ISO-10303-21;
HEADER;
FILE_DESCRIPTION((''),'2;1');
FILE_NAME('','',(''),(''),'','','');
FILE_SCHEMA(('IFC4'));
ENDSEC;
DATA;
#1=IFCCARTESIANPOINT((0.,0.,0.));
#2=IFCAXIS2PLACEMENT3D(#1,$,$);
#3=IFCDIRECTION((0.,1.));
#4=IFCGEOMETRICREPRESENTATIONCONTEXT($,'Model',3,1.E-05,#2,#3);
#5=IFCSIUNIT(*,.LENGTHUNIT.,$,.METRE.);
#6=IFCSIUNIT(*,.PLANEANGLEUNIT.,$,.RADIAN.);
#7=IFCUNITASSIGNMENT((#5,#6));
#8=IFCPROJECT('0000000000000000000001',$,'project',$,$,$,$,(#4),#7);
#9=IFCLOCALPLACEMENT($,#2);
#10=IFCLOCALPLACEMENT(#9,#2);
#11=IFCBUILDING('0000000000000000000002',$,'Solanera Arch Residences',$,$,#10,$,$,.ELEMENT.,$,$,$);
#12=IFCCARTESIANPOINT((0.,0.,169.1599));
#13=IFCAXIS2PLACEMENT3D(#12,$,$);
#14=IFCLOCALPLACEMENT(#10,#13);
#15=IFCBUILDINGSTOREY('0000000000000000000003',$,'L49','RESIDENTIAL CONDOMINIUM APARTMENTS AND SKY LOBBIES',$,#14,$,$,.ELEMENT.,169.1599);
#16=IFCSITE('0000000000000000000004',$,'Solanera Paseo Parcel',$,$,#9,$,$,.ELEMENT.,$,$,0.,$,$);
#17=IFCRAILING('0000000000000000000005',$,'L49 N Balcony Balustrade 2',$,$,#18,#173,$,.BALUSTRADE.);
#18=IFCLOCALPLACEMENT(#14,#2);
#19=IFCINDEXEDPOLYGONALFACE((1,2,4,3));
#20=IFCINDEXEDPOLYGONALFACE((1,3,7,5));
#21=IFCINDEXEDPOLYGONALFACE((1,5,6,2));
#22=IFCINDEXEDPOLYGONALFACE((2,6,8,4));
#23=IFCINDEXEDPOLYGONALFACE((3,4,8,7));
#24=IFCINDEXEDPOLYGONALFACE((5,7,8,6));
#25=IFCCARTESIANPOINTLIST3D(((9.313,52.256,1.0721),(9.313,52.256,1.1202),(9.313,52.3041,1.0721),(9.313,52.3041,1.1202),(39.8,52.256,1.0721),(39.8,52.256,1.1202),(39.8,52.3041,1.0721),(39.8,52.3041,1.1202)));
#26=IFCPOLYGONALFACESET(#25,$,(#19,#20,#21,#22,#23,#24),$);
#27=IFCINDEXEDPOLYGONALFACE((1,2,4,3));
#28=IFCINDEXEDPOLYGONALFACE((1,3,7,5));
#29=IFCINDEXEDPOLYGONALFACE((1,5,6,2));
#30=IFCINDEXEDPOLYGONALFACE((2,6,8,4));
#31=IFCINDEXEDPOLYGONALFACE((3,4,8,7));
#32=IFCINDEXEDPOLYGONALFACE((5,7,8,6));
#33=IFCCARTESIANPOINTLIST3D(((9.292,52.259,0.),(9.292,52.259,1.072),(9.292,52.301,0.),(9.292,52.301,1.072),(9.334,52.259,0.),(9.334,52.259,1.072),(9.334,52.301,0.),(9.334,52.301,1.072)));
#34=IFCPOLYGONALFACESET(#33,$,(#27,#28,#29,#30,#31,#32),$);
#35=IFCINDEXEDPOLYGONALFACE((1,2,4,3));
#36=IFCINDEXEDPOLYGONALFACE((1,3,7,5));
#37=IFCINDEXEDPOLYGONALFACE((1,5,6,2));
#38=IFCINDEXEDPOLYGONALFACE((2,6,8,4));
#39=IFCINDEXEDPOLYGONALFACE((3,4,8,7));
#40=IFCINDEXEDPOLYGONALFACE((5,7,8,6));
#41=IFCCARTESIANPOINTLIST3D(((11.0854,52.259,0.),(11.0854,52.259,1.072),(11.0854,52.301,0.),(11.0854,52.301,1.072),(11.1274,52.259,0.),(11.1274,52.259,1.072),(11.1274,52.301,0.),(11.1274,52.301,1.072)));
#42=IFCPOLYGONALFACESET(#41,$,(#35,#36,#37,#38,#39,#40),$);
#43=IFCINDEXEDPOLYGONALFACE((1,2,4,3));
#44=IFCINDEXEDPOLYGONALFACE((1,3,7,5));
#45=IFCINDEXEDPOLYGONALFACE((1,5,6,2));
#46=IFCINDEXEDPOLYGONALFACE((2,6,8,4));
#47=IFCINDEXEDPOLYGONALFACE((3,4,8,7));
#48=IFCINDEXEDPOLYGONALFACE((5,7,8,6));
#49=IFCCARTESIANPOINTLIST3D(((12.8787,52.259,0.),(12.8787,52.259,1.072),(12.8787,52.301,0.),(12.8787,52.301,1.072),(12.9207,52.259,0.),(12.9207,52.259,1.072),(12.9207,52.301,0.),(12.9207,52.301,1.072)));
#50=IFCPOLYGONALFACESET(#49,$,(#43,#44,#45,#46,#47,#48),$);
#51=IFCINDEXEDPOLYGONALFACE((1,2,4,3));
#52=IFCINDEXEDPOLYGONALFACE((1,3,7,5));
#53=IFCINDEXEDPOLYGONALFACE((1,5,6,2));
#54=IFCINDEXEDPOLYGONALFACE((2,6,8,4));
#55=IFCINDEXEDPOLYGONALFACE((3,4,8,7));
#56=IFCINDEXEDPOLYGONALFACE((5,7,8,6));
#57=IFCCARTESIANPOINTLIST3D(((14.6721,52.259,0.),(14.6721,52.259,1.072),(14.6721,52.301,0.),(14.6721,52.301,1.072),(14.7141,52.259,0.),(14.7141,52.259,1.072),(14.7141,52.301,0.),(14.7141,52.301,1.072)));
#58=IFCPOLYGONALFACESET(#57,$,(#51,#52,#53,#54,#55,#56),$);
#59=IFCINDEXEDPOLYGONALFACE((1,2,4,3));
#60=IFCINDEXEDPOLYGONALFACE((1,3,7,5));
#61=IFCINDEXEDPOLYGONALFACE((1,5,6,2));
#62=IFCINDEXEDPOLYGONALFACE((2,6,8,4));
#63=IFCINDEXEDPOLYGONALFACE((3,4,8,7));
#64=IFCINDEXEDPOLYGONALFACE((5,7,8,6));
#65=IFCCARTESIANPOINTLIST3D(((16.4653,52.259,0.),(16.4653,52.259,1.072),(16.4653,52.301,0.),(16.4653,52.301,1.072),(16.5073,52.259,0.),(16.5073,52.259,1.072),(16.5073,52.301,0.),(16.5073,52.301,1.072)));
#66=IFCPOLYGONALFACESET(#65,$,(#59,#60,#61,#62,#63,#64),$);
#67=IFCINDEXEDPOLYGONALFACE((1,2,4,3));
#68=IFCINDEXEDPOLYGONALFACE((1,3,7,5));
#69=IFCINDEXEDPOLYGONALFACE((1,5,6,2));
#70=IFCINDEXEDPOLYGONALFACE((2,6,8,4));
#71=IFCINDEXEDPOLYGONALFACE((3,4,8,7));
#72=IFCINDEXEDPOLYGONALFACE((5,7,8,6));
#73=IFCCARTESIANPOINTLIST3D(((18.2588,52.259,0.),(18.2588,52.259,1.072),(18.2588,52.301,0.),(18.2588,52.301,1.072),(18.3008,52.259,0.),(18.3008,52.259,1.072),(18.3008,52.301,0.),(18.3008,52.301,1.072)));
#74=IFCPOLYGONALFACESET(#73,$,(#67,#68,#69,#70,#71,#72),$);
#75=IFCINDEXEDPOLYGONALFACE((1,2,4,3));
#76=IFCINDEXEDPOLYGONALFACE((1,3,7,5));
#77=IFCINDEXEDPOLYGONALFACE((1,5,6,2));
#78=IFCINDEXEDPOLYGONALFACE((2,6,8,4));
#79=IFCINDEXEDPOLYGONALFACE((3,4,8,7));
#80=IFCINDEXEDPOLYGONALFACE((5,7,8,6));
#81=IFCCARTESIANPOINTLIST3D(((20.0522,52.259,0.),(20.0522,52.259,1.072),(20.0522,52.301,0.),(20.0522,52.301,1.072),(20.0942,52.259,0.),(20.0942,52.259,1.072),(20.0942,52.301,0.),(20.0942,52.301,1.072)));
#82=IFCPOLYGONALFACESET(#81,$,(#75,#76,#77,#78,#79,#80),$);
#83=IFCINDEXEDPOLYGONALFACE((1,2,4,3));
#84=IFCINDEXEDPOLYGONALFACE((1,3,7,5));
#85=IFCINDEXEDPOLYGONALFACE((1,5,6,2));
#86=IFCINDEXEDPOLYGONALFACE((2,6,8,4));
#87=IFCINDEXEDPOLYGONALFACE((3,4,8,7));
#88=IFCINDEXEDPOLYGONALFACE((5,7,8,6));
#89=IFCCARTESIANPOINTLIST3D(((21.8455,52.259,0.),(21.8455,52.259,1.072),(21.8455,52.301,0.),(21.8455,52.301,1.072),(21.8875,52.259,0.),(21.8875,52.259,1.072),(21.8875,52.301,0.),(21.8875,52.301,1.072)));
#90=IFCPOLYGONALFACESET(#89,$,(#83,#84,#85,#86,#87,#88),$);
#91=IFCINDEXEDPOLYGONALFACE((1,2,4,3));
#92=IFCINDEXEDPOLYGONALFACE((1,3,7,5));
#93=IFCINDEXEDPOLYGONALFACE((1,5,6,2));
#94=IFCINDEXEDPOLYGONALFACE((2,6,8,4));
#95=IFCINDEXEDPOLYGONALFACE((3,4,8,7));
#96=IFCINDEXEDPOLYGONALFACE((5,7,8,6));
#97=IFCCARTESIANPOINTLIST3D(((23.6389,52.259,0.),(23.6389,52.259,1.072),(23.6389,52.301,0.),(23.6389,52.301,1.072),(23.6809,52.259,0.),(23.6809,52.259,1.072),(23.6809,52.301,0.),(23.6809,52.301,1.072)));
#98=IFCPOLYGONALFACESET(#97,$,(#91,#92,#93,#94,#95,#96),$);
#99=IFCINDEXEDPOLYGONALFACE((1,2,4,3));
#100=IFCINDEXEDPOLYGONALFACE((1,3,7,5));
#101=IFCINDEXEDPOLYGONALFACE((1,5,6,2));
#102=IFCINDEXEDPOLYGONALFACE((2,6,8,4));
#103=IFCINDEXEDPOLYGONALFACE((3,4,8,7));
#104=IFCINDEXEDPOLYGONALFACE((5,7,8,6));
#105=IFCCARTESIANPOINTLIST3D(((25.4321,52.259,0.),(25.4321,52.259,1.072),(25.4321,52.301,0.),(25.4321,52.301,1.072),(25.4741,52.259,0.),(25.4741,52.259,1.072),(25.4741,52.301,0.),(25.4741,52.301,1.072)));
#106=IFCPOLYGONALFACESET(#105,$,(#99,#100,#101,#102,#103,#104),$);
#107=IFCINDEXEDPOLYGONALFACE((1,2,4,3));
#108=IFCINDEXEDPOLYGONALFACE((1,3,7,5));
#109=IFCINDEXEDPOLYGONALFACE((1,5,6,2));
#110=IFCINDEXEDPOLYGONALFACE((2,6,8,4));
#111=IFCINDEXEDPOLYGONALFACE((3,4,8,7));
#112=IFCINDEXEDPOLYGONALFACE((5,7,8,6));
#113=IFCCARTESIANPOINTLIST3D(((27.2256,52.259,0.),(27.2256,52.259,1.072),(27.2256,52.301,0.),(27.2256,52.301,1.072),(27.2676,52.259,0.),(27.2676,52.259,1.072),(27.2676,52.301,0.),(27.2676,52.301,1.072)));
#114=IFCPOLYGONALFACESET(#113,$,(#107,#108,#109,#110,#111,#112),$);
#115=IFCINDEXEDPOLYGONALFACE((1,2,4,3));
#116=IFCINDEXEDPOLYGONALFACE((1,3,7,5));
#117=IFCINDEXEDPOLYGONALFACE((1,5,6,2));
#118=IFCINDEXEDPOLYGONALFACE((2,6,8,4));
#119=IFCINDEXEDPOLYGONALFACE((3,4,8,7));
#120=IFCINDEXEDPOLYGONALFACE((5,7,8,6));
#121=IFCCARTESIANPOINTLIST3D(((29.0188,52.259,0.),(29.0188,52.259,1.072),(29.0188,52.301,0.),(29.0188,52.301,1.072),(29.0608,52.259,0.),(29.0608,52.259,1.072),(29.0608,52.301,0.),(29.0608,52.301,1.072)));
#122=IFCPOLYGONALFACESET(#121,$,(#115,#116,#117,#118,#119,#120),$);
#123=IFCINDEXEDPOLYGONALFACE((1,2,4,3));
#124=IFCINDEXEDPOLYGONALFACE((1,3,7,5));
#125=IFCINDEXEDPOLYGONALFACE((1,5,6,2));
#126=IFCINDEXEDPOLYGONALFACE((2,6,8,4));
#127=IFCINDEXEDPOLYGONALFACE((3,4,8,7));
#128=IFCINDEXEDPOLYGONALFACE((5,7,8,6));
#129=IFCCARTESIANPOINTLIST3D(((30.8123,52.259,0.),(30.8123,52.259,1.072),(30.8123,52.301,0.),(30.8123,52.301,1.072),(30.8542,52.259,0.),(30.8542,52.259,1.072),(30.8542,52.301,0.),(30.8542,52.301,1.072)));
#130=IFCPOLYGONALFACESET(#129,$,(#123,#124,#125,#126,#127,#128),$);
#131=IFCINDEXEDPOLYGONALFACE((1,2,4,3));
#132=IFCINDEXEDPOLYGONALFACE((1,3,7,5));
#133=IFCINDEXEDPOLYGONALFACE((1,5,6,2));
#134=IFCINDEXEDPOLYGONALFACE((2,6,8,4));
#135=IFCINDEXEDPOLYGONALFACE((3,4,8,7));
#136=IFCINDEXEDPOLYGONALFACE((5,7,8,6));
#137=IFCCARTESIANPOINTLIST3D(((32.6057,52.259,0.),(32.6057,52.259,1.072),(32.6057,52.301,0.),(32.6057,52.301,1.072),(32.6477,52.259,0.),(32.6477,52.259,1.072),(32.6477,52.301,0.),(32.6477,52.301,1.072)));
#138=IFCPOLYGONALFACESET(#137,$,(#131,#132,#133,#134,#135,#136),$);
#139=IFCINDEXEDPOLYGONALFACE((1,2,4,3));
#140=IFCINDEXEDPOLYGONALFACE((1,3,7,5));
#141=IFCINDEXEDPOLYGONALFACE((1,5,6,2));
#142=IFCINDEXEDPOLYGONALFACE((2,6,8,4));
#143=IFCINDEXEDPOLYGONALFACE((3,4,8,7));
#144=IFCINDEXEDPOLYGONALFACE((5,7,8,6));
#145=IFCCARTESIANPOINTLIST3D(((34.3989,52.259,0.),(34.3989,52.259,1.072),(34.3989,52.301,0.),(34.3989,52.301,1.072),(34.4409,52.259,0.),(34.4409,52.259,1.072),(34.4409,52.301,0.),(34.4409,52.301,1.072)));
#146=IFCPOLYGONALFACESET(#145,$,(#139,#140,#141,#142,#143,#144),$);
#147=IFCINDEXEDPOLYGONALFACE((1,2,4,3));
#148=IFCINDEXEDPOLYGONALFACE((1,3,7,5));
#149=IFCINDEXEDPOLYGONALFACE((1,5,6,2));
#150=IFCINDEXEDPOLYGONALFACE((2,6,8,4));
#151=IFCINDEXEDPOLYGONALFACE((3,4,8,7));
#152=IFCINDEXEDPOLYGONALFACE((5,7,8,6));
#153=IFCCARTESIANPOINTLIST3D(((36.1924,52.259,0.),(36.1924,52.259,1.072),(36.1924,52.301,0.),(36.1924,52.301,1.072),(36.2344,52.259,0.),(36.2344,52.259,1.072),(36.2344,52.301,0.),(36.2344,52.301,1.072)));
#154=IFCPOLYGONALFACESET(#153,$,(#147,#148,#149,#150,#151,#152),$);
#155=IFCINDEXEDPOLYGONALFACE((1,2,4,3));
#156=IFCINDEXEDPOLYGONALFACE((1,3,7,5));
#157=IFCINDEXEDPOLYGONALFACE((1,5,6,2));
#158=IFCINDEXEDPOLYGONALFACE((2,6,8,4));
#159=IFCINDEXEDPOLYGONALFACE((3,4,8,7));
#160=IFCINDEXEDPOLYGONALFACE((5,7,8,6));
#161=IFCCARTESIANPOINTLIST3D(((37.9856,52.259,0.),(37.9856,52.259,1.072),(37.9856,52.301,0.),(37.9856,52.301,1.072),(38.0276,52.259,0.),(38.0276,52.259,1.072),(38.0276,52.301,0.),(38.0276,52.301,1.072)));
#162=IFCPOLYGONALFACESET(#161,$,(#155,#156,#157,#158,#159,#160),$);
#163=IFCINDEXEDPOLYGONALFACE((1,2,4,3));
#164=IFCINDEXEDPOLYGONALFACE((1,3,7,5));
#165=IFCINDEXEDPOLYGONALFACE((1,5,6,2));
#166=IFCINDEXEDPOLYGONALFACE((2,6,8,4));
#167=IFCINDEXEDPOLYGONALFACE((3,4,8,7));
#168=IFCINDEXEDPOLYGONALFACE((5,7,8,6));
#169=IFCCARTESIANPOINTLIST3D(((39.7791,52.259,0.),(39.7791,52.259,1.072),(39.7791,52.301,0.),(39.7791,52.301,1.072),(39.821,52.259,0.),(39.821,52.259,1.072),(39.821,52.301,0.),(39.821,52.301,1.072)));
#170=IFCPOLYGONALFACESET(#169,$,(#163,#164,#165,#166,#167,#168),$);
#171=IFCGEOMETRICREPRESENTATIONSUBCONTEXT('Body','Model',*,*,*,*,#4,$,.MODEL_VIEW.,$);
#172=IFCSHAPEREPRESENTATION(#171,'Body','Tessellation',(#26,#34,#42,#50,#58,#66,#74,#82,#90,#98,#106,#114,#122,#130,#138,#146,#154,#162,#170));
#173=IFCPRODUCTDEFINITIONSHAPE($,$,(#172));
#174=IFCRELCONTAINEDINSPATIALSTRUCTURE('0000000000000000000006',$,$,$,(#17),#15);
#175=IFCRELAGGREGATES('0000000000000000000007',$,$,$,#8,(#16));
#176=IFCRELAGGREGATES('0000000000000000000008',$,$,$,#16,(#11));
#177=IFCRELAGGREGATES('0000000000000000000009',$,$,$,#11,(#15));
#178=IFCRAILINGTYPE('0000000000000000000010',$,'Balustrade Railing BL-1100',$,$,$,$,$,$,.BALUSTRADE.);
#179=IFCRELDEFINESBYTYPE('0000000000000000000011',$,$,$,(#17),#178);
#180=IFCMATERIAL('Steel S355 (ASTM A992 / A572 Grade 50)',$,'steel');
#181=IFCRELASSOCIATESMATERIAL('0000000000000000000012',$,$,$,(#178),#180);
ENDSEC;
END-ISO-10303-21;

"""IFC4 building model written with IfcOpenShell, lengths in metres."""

from ifc_helpers import new_model, si_unit, direction, frame, origin, origin_2d, place, context, subcontext, project, spatial, rectangle, extrude, material, type_object, element, save


model = new_model("IFC4")

# Units and contexts
model_context = context("Model", 3, precision=1e-05, world=origin(), true_north=direction((0.0, 1.0)))
body_context = subcontext(model_context, "Body", "Model", "MODEL_VIEW")
ifc_project = project(units=[si_unit("LENGTHUNIT", "METRE"), si_unit("PLANEANGLEUNIT", "RADIAN")], contexts=[model_context])

# Site, building, storey
site_placement = place(None, origin())
site = spatial("IfcSite", under=ifc_project, at=site_placement, Name="Solanera Paseo Parcel", CompositionType="ELEMENT", RefElevation=0.0)
building_placement = place(site_placement, origin())
building = spatial("IfcBuilding", under=site, at=building_placement, Name="Solanera Arch Residences", CompositionType="ELEMENT")
storey_placement = place(building_placement, frame((0.0, 0.0, 169.1599)))
storey = spatial("IfcBuildingStorey", under=building, at=storey_placement, Name="L49", Description="RESIDENTIAL CONDOMINIUM APARTMENTS AND SKY LOBBIES", CompositionType="ELEMENT", Elevation=169.1599)

# Railing
ifc_material_1 = material(Name="Steel S355 (ASTM A992 / A572 Grade 50)", Category="steel")
railing_type = type_object("IfcRailingType", Name="Balustrade Railing BL-1100", PredefinedType="BALUSTRADE", material=ifc_material_1)
railing_placement = place(storey_placement, frame((9.313, 52.28, 0.0)))
element("IfcRailing", 1, at=railing_placement, inside=storey, type_object=railing_type, Name="L49 N Balcony Balustrade 2", PredefinedType="BALUSTRADE", context=body_context, shape_type="SweptSolid", body=[
    extrude(rectangle(XDim=0.0481, YDim=0.0481, at=origin_2d()), frame((0.0, 0.0, 1.0962), z_axis=(1.0, 0.0, 0.0), x_axis=(0.0, 1.0, 0.0)), (0.0, 0.0, 1.0), 30.4871),
    extrude(rectangle(XDim=0.042, YDim=0.042, at=origin_2d()), origin(), (0.0, 0.0, 1.0), 1.072),
    extrude(rectangle(XDim=0.042, YDim=0.042, at=origin_2d()), frame((1.7935, 0.0, 0.0)), (0.0, 0.0, 1.0), 1.072),
    extrude(rectangle(XDim=0.042, YDim=0.042, at=origin_2d()), frame((3.5867, 0.0, 0.0)), (0.0, 0.0, 1.0), 1.072),
    extrude(rectangle(XDim=0.042, YDim=0.042, at=origin_2d()), frame((5.3801, 0.0, 0.0)), (0.0, 0.0, 1.0), 1.072),
    extrude(rectangle(XDim=0.042, YDim=0.042, at=origin_2d()), frame((7.1733, 0.0, 0.0)), (0.0, 0.0, 1.0), 1.072),
    extrude(rectangle(XDim=0.042, YDim=0.042, at=origin_2d()), frame((8.9668, 0.0, 0.0)), (0.0, 0.0, 1.0), 1.072),
    extrude(rectangle(XDim=0.042, YDim=0.042, at=origin_2d()), frame((10.7603, 0.0, 0.0)), (0.0, 0.0, 1.0), 1.072),
    extrude(rectangle(XDim=0.042, YDim=0.042, at=origin_2d()), frame((12.5535, 0.0, 0.0)), (0.0, 0.0, 1.0), 1.072),
    extrude(rectangle(XDim=0.042, YDim=0.042, at=origin_2d()), frame((14.3469, 0.0, 0.0)), (0.0, 0.0, 1.0), 1.072),
    extrude(rectangle(XDim=0.042, YDim=0.042, at=origin_2d()), frame((16.1401, 0.0, 0.0)), (0.0, 0.0, 1.0), 1.072),
    extrude(rectangle(XDim=0.042, YDim=0.042, at=origin_2d()), frame((17.9336, 0.0, 0.0)), (0.0, 0.0, 1.0), 1.072),
    extrude(rectangle(XDim=0.042, YDim=0.042, at=origin_2d()), frame((19.7268, 0.0, 0.0)), (0.0, 0.0, 1.0), 1.072),
    extrude(rectangle(XDim=0.042, YDim=0.042, at=origin_2d()), frame((21.5203, 0.0, 0.0)), (0.0, 0.0, 1.0), 1.072),
    extrude(rectangle(XDim=0.042, YDim=0.042, at=origin_2d()), frame((23.3137, 0.0, 0.0)), (0.0, 0.0, 1.0), 1.072),
    extrude(rectangle(XDim=0.042, YDim=0.042, at=origin_2d()), frame((25.1069, 0.0, 0.0)), (0.0, 0.0, 1.0), 1.072),
    extrude(rectangle(XDim=0.042, YDim=0.042, at=origin_2d()), frame((26.9004, 0.0, 0.0)), (0.0, 0.0, 1.0), 1.072),
    extrude(rectangle(XDim=0.042, YDim=0.042, at=origin_2d()), frame((28.6936, 0.0, 0.0)), (0.0, 0.0, 1.0), 1.072),
    extrude(rectangle(XDim=0.042, YDim=0.042, at=origin_2d()), frame((30.4871, 0.0, 0.0)), (0.0, 0.0, 1.0), 1.072),
])

save(model, "model.ifc")
